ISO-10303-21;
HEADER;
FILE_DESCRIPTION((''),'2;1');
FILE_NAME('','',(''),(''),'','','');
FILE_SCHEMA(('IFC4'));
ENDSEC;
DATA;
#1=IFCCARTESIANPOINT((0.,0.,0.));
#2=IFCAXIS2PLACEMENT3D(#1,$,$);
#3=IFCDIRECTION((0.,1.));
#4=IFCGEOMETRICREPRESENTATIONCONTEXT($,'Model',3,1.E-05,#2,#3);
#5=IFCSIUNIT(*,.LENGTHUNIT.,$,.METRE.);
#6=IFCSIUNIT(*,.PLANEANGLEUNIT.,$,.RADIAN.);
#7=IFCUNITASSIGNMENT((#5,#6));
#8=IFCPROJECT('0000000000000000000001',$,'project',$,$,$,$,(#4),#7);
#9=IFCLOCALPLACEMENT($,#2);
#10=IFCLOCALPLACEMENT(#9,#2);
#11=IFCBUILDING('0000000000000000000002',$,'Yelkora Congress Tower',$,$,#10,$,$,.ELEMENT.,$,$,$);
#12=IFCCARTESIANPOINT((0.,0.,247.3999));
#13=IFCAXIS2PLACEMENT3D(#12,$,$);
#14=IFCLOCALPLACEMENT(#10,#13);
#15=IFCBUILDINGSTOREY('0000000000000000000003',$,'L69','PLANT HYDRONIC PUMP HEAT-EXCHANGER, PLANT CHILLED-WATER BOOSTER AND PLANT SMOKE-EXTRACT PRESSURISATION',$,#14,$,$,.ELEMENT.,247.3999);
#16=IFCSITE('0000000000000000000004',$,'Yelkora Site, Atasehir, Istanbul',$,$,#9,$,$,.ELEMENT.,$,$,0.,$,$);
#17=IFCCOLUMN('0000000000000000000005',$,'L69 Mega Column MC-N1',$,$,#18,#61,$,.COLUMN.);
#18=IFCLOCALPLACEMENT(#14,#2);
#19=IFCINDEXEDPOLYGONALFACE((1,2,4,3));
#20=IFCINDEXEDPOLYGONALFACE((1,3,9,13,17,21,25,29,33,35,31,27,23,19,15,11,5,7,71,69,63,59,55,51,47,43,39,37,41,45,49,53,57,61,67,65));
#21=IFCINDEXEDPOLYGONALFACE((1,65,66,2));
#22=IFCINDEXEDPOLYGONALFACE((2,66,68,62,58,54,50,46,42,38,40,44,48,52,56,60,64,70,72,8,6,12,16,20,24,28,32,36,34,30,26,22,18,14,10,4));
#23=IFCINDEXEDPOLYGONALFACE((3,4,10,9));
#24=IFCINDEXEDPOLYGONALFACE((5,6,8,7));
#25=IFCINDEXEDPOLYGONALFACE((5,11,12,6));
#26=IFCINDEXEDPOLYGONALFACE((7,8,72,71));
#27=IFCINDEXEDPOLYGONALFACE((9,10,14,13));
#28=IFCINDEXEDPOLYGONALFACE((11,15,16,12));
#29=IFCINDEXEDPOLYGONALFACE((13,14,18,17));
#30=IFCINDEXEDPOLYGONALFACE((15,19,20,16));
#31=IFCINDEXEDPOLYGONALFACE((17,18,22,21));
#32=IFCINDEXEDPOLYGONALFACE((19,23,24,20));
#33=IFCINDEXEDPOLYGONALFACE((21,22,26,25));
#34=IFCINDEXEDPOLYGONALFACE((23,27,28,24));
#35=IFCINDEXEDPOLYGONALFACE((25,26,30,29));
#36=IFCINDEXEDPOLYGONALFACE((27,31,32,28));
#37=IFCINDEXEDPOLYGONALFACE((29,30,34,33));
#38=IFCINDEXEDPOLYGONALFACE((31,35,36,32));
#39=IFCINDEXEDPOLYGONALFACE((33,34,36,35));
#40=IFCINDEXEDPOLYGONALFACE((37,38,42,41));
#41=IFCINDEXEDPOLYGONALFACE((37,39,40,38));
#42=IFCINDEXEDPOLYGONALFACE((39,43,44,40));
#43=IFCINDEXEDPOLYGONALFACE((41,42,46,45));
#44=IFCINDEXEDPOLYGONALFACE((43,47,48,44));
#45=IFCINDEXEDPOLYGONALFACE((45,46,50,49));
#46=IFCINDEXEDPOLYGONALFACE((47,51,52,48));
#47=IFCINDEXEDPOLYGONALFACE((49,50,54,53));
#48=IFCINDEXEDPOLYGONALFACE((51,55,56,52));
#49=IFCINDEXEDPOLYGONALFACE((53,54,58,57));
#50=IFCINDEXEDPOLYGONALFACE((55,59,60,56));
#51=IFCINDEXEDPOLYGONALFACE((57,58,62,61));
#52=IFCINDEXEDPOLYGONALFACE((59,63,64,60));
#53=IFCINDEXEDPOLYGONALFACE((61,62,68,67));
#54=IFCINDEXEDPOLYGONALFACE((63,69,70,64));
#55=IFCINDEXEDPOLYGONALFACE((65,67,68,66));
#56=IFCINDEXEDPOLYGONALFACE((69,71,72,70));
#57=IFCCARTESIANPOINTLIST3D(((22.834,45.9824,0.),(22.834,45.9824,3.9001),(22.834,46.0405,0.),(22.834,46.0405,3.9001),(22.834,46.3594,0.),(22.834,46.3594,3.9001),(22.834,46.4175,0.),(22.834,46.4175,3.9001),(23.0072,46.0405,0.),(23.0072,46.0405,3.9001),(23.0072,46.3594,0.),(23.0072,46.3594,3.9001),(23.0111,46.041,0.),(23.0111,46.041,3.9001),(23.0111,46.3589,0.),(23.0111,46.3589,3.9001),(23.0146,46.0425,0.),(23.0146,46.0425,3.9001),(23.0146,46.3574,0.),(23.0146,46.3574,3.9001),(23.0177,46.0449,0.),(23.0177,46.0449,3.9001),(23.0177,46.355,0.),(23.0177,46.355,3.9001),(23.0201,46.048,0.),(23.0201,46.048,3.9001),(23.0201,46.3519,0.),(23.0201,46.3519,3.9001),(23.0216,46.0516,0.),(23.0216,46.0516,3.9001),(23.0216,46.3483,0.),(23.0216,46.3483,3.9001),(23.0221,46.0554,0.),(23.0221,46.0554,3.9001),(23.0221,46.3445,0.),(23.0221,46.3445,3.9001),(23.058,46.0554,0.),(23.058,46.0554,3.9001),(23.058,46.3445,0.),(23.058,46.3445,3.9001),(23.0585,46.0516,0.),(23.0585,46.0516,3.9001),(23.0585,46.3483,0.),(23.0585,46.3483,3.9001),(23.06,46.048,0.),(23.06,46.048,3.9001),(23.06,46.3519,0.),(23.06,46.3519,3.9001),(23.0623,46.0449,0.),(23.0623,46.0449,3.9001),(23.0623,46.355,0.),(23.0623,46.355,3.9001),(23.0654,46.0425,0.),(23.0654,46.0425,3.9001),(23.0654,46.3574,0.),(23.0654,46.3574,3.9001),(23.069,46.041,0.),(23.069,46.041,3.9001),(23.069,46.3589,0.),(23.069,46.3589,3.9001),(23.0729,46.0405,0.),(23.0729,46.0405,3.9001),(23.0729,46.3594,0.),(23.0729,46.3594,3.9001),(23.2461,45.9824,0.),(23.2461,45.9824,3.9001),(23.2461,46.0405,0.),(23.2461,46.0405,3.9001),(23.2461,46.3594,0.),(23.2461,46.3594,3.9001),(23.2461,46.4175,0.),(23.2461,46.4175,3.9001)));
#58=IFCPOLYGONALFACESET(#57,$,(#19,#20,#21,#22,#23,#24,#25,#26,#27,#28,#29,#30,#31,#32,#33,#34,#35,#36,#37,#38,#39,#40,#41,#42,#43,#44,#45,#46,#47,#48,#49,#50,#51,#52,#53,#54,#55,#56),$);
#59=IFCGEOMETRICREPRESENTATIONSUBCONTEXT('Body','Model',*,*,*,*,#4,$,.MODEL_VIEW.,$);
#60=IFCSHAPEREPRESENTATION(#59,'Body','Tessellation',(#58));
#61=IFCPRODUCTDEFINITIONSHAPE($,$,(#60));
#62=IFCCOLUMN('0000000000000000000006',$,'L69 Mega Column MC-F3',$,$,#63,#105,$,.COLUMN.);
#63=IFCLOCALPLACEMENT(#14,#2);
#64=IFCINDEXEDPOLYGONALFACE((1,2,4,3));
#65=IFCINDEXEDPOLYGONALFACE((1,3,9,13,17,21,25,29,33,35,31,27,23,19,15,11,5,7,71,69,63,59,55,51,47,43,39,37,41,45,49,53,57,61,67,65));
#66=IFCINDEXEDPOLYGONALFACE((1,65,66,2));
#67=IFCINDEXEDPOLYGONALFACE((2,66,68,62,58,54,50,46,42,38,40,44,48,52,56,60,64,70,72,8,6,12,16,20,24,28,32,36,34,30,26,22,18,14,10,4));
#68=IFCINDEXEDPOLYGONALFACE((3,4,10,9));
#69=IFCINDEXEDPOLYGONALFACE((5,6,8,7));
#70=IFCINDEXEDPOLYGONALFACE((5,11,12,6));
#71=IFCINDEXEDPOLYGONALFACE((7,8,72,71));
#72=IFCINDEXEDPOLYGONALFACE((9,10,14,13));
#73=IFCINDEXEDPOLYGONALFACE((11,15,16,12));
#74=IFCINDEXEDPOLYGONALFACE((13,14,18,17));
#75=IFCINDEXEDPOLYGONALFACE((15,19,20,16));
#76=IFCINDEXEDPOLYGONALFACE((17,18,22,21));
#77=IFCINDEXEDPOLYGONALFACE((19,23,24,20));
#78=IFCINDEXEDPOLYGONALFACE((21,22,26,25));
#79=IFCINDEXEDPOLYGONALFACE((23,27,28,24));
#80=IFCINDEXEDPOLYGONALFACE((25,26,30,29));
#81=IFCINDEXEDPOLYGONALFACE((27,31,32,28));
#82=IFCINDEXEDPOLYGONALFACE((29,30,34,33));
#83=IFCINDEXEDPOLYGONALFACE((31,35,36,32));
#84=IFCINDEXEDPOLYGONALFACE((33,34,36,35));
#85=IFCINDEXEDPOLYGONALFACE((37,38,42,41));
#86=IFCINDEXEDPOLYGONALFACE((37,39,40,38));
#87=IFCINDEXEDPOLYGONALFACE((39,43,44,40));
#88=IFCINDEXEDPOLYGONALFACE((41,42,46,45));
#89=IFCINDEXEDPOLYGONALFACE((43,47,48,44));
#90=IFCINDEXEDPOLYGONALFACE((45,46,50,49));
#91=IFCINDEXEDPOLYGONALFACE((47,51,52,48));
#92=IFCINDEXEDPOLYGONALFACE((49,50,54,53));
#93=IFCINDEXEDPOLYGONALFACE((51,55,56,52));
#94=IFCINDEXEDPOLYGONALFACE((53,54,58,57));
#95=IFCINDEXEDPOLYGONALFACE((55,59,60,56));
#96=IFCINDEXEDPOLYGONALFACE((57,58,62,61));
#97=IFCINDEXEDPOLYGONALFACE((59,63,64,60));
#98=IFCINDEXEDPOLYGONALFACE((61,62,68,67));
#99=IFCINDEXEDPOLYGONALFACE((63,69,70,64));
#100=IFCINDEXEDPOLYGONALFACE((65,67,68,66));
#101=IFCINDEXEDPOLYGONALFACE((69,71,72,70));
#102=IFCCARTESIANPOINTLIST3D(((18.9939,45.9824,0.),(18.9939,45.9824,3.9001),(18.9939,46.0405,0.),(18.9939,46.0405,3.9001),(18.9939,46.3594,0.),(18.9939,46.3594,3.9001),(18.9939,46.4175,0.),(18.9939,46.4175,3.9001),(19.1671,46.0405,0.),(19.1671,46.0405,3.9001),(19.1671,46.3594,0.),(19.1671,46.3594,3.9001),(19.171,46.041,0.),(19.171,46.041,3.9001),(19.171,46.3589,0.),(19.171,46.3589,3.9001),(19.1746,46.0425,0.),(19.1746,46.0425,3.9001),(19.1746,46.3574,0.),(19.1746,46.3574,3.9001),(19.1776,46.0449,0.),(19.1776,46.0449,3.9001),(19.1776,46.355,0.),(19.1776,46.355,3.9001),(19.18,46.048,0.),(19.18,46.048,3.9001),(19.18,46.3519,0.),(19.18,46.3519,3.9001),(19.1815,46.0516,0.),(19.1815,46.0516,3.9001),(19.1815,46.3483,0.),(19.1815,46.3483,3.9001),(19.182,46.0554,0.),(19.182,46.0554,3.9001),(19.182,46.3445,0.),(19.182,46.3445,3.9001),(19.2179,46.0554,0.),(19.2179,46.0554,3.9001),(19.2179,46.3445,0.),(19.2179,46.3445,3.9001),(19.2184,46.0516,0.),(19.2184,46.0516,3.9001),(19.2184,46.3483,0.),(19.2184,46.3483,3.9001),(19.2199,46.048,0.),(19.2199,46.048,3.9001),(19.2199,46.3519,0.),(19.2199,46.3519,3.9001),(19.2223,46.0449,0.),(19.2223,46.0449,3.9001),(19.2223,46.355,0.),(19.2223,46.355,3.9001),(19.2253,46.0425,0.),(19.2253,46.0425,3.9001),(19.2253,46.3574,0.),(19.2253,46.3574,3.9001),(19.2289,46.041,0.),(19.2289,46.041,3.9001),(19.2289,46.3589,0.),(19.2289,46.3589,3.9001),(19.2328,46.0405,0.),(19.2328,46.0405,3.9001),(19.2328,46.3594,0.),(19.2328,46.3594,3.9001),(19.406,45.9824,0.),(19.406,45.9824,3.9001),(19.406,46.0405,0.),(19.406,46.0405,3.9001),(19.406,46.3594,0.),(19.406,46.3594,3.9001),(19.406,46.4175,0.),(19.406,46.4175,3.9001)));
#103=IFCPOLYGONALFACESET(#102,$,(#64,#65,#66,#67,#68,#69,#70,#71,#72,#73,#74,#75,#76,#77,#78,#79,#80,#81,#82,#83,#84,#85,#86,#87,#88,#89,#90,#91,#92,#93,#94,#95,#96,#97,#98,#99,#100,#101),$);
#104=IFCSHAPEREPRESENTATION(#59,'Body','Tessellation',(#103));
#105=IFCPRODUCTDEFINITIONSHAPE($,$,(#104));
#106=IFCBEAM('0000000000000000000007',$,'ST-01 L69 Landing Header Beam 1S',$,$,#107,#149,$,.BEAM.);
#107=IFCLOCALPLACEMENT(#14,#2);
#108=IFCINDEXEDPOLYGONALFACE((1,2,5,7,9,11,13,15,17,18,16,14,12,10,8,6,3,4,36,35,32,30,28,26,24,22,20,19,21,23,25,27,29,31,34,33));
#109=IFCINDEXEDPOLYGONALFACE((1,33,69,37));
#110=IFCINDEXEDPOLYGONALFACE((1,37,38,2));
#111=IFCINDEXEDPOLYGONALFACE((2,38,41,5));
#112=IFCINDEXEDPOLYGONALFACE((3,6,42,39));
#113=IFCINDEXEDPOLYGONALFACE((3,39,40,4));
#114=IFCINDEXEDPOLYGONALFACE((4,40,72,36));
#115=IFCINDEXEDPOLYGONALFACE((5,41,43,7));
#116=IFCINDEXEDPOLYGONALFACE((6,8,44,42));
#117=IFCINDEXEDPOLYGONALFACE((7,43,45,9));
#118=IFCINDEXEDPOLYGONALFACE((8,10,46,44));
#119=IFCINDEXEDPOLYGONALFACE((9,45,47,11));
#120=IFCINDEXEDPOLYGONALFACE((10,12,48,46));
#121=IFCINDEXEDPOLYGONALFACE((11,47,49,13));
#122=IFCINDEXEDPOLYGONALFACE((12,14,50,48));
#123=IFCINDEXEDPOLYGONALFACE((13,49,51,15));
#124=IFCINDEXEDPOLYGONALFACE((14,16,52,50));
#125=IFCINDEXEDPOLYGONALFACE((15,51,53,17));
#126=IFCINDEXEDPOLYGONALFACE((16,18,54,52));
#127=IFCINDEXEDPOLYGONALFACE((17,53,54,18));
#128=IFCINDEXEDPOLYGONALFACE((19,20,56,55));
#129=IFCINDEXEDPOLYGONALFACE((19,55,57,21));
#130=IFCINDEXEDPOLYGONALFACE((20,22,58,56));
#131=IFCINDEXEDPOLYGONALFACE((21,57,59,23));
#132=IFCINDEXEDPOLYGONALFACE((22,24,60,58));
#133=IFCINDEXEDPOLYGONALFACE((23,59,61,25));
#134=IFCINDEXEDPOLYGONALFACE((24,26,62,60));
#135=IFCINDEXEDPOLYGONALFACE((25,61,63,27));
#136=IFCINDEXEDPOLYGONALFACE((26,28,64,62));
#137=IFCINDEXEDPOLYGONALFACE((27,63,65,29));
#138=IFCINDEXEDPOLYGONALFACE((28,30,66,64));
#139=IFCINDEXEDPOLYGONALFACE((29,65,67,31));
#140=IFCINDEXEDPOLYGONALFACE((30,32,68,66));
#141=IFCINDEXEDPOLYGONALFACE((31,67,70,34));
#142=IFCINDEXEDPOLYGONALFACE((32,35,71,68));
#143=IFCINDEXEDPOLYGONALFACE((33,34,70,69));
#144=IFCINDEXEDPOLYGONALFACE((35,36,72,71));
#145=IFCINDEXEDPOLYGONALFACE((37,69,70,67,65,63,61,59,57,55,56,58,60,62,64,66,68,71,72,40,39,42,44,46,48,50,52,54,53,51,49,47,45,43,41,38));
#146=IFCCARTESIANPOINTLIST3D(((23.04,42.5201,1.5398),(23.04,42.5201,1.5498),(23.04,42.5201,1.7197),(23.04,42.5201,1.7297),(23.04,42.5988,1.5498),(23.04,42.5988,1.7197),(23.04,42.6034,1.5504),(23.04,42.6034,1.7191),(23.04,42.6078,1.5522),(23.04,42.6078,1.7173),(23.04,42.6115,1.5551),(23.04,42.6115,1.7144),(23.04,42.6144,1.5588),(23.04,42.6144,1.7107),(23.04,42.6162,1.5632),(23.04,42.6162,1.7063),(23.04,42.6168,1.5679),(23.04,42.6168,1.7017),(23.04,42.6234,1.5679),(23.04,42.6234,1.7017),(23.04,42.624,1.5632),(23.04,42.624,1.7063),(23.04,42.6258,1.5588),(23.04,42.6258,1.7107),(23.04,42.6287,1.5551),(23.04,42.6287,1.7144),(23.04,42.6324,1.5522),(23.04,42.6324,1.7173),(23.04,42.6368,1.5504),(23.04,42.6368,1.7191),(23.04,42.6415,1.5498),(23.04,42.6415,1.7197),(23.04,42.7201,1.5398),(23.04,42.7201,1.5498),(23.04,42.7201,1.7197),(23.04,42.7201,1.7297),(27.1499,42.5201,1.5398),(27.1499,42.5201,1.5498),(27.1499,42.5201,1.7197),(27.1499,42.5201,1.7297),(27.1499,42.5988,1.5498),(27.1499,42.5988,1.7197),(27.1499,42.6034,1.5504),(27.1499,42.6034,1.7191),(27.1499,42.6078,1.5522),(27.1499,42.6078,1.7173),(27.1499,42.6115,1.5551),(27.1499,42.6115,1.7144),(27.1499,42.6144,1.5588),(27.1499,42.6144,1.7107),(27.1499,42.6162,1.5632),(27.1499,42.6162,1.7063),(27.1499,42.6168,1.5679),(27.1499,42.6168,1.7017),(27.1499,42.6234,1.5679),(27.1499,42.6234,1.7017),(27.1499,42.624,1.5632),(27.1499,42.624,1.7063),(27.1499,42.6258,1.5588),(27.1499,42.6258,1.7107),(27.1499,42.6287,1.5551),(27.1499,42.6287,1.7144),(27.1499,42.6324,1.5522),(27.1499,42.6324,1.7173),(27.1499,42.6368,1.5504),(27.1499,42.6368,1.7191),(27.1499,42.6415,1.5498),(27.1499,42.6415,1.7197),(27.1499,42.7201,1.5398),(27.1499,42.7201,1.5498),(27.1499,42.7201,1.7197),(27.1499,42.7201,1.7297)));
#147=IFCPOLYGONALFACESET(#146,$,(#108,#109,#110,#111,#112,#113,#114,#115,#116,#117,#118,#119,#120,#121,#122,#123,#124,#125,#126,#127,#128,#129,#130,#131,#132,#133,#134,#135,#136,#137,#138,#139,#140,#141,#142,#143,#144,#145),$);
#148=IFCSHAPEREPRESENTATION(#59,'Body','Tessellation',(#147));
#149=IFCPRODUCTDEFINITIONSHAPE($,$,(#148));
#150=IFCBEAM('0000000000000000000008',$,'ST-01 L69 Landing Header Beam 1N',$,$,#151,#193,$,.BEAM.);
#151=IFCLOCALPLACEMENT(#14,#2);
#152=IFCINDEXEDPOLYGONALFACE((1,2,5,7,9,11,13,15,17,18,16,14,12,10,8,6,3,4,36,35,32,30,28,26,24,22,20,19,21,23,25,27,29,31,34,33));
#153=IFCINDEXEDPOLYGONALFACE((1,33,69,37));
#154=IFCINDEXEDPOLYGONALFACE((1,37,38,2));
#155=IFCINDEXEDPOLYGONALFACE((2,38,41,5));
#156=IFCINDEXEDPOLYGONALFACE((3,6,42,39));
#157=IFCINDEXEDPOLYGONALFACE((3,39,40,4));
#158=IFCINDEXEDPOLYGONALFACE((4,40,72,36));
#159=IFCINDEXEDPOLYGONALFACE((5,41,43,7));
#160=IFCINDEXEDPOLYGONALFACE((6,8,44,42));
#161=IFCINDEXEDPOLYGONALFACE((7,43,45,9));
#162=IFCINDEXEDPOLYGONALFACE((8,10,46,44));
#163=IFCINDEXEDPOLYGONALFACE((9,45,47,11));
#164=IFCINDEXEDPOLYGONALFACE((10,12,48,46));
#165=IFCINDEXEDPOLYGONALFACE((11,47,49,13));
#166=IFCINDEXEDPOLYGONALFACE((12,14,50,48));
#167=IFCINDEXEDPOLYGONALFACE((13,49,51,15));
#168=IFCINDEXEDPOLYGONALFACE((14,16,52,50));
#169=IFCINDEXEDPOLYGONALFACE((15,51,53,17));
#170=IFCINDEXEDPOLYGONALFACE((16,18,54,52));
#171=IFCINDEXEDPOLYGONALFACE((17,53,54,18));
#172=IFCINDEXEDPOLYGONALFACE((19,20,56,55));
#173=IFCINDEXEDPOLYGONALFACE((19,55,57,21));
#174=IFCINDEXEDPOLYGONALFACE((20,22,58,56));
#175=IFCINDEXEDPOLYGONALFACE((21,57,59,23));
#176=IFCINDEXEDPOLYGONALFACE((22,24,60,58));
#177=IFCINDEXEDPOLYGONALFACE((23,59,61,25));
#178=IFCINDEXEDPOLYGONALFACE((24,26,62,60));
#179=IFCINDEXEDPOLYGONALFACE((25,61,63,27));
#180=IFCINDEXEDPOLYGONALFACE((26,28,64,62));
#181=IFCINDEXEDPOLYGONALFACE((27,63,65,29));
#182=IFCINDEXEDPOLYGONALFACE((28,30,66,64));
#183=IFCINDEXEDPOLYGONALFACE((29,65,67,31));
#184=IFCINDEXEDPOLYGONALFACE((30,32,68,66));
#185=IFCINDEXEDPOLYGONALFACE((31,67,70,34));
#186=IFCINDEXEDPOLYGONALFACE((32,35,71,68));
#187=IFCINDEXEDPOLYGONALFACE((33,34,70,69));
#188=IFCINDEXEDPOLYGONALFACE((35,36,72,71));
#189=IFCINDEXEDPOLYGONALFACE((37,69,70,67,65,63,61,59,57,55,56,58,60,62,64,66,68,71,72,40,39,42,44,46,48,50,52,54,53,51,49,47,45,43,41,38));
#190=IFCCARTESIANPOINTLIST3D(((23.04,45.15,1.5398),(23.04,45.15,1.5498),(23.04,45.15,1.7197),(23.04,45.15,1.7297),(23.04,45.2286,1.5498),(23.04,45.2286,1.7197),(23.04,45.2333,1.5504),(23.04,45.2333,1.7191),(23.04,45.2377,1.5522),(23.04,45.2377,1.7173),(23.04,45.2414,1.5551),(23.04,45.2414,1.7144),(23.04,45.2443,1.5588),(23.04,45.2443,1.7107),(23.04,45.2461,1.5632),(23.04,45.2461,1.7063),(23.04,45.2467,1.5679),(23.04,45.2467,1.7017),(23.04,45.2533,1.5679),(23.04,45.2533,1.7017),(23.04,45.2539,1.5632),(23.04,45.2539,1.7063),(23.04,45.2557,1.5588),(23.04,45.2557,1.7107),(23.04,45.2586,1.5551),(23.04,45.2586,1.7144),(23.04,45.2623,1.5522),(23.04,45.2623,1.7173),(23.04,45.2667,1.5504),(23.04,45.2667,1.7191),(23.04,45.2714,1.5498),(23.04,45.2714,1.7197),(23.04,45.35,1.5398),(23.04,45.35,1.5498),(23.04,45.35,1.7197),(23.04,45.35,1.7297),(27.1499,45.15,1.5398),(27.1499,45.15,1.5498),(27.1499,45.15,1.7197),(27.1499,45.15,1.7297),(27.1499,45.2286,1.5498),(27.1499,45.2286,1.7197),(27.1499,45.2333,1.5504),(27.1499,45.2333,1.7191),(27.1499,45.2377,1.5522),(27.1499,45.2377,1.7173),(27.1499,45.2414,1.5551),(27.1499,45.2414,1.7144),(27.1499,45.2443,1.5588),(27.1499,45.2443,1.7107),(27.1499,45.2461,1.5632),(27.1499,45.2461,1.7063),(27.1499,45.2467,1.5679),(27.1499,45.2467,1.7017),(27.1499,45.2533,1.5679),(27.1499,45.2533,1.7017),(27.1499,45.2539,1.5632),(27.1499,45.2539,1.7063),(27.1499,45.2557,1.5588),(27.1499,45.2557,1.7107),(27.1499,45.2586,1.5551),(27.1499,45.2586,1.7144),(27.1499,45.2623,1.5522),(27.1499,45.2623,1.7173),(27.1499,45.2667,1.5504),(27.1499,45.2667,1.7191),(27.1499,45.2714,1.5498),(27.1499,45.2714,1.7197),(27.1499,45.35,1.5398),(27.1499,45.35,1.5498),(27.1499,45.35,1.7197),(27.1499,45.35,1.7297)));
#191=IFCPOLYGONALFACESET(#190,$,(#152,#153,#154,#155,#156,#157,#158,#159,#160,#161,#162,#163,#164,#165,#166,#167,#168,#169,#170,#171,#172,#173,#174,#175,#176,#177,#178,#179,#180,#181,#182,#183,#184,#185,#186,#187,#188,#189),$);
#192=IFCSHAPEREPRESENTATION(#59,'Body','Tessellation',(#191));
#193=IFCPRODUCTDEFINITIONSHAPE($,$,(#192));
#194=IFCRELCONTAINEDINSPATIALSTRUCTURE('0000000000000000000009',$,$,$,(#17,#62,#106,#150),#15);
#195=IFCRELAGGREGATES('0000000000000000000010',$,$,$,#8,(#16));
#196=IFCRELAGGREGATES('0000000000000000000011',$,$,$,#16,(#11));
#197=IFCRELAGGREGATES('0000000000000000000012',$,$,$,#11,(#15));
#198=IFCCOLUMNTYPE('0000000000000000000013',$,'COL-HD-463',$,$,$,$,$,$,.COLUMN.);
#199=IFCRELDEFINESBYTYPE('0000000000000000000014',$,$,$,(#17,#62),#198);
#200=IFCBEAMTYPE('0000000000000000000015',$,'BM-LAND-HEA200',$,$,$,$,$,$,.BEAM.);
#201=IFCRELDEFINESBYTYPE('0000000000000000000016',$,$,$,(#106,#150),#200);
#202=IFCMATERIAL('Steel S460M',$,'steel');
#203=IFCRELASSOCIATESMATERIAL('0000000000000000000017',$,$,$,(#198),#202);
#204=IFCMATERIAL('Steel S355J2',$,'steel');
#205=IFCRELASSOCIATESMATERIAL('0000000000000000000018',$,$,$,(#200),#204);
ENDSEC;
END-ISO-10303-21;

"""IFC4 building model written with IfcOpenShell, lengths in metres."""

from ifc_helpers import new_model, si_unit, direction, frame, origin, origin_2d, place, context, subcontext, project, spatial, i_section, extrude, material, material_profile, profile_set, type_object, element, save


model = new_model("IFC4")

# Units and contexts
model_context = context("Model", 3, precision=1e-05, world=origin(), true_north=direction((0.0, 1.0)))
body_context = subcontext(model_context, "Body", "Model", "MODEL_VIEW")
ifc_project = project(units=[si_unit("LENGTHUNIT", "METRE"), si_unit("PLANEANGLEUNIT", "RADIAN")], contexts=[model_context])

# Site, building, storey
site_placement = place(None, origin())
site = spatial("IfcSite", under=ifc_project, at=site_placement, Name="Yelkora Site, Atasehir, Istanbul", CompositionType="ELEMENT", RefElevation=0.0)
building_placement = place(site_placement, origin())
building = spatial("IfcBuilding", under=site, at=building_placement, Name="Yelkora Congress Tower", CompositionType="ELEMENT")
storey_placement = place(building_placement, frame((0.0, 0.0, 247.3999)))
storey = spatial("IfcBuildingStorey", under=building, at=storey_placement, Name="L69", Description="PLANT HYDRONIC PUMP HEAT-EXCHANGER, PLANT CHILLED-WATER BOOSTER AND PLANT SMOKE-EXTRACT PRESSURISATION", CompositionType="ELEMENT", Elevation=247.3999)

# Columns
ifc_material_1 = material(Name="Steel S460M", Category="steel")
ifc_material_profile_1 = material_profile(ifc_material_1, i_section(OverallWidth=0.4121, OverallDepth=0.4351, WebThickness=0.0359, FlangeThickness=0.0581, FilletRadius=0.0149, at=origin_2d()), Name="HD 400x463")
ifc_profile_set_1 = profile_set([ifc_material_profile_1], Name="Steel S460M")
column_type = type_object("IfcColumnType", Name="COL-HD-463", PredefinedType="COLUMN", material=ifc_profile_set_1)
for number, where, z_axis, x_axis, name in (
    (1, (23.04, 46.2, 0.0), (0.0, 0.0, 1.0), (1.0, 0.0, 0.0), "L69 Mega Column MC-N1"),
    (2, (19.2, 46.2, 0.0), (0.0, 0.0, 1.0), (1.0, 0.0, 0.0), "L69 Mega Column MC-F3"),
):
    element("IfcColumn", number, at=place(storey_placement, frame(where, z_axis=z_axis, x_axis=x_axis)), inside=storey, type_object=column_type, Name=name, PredefinedType="COLUMN", context=body_context, shape_type="SweptSolid", body=[
        extrude(i_section(OverallWidth=0.4121, OverallDepth=0.4351, WebThickness=0.0359, FlangeThickness=0.0581, FilletRadius=0.0149, at=origin_2d()), origin(), (0.0, 0.0, 1.0), 3.9001),
    ])

# Beams
ifc_material_2 = material(Name="Steel S355J2", Category="steel")
ifc_material_profile_2 = material_profile(ifc_material_2, i_section(OverallWidth=0.2, OverallDepth=0.1899, WebThickness=0.0066, FlangeThickness=0.01, FilletRadius=0.0181, at=origin_2d()), Name="HEA 200")
ifc_profile_set_2 = profile_set([ifc_material_profile_2], Name="Steel S355J2")
beam_type = type_object("IfcBeamType", Name="BM-LAND-HEA200", PredefinedType="BEAM", material=ifc_profile_set_2)
for number, where, z_axis, x_axis, name in (
    (3, (23.04, 42.6201, 1.6348), (1.0, 0.0, 0.0), (0.0, 1.0, 0.0), "ST-01 L69 Landing Header Beam 1S"),
    (4, (23.04, 45.25, 1.6348), (1.0, 0.0, 0.0), (0.0, 1.0, 0.0), "ST-01 L69 Landing Header Beam 1N"),
):
    element("IfcBeam", number, at=place(storey_placement, frame(where, z_axis=z_axis, x_axis=x_axis)), inside=storey, type_object=beam_type, Name=name, PredefinedType="BEAM", context=body_context, shape_type="SweptSolid", body=[
        extrude(i_section(OverallWidth=0.2, OverallDepth=0.1899, WebThickness=0.0066, FlangeThickness=0.01, FilletRadius=0.0181, at=origin_2d()), origin(), (0.0, 0.0, 1.0), 4.1099),
    ])

save(model, "model.ifc")
